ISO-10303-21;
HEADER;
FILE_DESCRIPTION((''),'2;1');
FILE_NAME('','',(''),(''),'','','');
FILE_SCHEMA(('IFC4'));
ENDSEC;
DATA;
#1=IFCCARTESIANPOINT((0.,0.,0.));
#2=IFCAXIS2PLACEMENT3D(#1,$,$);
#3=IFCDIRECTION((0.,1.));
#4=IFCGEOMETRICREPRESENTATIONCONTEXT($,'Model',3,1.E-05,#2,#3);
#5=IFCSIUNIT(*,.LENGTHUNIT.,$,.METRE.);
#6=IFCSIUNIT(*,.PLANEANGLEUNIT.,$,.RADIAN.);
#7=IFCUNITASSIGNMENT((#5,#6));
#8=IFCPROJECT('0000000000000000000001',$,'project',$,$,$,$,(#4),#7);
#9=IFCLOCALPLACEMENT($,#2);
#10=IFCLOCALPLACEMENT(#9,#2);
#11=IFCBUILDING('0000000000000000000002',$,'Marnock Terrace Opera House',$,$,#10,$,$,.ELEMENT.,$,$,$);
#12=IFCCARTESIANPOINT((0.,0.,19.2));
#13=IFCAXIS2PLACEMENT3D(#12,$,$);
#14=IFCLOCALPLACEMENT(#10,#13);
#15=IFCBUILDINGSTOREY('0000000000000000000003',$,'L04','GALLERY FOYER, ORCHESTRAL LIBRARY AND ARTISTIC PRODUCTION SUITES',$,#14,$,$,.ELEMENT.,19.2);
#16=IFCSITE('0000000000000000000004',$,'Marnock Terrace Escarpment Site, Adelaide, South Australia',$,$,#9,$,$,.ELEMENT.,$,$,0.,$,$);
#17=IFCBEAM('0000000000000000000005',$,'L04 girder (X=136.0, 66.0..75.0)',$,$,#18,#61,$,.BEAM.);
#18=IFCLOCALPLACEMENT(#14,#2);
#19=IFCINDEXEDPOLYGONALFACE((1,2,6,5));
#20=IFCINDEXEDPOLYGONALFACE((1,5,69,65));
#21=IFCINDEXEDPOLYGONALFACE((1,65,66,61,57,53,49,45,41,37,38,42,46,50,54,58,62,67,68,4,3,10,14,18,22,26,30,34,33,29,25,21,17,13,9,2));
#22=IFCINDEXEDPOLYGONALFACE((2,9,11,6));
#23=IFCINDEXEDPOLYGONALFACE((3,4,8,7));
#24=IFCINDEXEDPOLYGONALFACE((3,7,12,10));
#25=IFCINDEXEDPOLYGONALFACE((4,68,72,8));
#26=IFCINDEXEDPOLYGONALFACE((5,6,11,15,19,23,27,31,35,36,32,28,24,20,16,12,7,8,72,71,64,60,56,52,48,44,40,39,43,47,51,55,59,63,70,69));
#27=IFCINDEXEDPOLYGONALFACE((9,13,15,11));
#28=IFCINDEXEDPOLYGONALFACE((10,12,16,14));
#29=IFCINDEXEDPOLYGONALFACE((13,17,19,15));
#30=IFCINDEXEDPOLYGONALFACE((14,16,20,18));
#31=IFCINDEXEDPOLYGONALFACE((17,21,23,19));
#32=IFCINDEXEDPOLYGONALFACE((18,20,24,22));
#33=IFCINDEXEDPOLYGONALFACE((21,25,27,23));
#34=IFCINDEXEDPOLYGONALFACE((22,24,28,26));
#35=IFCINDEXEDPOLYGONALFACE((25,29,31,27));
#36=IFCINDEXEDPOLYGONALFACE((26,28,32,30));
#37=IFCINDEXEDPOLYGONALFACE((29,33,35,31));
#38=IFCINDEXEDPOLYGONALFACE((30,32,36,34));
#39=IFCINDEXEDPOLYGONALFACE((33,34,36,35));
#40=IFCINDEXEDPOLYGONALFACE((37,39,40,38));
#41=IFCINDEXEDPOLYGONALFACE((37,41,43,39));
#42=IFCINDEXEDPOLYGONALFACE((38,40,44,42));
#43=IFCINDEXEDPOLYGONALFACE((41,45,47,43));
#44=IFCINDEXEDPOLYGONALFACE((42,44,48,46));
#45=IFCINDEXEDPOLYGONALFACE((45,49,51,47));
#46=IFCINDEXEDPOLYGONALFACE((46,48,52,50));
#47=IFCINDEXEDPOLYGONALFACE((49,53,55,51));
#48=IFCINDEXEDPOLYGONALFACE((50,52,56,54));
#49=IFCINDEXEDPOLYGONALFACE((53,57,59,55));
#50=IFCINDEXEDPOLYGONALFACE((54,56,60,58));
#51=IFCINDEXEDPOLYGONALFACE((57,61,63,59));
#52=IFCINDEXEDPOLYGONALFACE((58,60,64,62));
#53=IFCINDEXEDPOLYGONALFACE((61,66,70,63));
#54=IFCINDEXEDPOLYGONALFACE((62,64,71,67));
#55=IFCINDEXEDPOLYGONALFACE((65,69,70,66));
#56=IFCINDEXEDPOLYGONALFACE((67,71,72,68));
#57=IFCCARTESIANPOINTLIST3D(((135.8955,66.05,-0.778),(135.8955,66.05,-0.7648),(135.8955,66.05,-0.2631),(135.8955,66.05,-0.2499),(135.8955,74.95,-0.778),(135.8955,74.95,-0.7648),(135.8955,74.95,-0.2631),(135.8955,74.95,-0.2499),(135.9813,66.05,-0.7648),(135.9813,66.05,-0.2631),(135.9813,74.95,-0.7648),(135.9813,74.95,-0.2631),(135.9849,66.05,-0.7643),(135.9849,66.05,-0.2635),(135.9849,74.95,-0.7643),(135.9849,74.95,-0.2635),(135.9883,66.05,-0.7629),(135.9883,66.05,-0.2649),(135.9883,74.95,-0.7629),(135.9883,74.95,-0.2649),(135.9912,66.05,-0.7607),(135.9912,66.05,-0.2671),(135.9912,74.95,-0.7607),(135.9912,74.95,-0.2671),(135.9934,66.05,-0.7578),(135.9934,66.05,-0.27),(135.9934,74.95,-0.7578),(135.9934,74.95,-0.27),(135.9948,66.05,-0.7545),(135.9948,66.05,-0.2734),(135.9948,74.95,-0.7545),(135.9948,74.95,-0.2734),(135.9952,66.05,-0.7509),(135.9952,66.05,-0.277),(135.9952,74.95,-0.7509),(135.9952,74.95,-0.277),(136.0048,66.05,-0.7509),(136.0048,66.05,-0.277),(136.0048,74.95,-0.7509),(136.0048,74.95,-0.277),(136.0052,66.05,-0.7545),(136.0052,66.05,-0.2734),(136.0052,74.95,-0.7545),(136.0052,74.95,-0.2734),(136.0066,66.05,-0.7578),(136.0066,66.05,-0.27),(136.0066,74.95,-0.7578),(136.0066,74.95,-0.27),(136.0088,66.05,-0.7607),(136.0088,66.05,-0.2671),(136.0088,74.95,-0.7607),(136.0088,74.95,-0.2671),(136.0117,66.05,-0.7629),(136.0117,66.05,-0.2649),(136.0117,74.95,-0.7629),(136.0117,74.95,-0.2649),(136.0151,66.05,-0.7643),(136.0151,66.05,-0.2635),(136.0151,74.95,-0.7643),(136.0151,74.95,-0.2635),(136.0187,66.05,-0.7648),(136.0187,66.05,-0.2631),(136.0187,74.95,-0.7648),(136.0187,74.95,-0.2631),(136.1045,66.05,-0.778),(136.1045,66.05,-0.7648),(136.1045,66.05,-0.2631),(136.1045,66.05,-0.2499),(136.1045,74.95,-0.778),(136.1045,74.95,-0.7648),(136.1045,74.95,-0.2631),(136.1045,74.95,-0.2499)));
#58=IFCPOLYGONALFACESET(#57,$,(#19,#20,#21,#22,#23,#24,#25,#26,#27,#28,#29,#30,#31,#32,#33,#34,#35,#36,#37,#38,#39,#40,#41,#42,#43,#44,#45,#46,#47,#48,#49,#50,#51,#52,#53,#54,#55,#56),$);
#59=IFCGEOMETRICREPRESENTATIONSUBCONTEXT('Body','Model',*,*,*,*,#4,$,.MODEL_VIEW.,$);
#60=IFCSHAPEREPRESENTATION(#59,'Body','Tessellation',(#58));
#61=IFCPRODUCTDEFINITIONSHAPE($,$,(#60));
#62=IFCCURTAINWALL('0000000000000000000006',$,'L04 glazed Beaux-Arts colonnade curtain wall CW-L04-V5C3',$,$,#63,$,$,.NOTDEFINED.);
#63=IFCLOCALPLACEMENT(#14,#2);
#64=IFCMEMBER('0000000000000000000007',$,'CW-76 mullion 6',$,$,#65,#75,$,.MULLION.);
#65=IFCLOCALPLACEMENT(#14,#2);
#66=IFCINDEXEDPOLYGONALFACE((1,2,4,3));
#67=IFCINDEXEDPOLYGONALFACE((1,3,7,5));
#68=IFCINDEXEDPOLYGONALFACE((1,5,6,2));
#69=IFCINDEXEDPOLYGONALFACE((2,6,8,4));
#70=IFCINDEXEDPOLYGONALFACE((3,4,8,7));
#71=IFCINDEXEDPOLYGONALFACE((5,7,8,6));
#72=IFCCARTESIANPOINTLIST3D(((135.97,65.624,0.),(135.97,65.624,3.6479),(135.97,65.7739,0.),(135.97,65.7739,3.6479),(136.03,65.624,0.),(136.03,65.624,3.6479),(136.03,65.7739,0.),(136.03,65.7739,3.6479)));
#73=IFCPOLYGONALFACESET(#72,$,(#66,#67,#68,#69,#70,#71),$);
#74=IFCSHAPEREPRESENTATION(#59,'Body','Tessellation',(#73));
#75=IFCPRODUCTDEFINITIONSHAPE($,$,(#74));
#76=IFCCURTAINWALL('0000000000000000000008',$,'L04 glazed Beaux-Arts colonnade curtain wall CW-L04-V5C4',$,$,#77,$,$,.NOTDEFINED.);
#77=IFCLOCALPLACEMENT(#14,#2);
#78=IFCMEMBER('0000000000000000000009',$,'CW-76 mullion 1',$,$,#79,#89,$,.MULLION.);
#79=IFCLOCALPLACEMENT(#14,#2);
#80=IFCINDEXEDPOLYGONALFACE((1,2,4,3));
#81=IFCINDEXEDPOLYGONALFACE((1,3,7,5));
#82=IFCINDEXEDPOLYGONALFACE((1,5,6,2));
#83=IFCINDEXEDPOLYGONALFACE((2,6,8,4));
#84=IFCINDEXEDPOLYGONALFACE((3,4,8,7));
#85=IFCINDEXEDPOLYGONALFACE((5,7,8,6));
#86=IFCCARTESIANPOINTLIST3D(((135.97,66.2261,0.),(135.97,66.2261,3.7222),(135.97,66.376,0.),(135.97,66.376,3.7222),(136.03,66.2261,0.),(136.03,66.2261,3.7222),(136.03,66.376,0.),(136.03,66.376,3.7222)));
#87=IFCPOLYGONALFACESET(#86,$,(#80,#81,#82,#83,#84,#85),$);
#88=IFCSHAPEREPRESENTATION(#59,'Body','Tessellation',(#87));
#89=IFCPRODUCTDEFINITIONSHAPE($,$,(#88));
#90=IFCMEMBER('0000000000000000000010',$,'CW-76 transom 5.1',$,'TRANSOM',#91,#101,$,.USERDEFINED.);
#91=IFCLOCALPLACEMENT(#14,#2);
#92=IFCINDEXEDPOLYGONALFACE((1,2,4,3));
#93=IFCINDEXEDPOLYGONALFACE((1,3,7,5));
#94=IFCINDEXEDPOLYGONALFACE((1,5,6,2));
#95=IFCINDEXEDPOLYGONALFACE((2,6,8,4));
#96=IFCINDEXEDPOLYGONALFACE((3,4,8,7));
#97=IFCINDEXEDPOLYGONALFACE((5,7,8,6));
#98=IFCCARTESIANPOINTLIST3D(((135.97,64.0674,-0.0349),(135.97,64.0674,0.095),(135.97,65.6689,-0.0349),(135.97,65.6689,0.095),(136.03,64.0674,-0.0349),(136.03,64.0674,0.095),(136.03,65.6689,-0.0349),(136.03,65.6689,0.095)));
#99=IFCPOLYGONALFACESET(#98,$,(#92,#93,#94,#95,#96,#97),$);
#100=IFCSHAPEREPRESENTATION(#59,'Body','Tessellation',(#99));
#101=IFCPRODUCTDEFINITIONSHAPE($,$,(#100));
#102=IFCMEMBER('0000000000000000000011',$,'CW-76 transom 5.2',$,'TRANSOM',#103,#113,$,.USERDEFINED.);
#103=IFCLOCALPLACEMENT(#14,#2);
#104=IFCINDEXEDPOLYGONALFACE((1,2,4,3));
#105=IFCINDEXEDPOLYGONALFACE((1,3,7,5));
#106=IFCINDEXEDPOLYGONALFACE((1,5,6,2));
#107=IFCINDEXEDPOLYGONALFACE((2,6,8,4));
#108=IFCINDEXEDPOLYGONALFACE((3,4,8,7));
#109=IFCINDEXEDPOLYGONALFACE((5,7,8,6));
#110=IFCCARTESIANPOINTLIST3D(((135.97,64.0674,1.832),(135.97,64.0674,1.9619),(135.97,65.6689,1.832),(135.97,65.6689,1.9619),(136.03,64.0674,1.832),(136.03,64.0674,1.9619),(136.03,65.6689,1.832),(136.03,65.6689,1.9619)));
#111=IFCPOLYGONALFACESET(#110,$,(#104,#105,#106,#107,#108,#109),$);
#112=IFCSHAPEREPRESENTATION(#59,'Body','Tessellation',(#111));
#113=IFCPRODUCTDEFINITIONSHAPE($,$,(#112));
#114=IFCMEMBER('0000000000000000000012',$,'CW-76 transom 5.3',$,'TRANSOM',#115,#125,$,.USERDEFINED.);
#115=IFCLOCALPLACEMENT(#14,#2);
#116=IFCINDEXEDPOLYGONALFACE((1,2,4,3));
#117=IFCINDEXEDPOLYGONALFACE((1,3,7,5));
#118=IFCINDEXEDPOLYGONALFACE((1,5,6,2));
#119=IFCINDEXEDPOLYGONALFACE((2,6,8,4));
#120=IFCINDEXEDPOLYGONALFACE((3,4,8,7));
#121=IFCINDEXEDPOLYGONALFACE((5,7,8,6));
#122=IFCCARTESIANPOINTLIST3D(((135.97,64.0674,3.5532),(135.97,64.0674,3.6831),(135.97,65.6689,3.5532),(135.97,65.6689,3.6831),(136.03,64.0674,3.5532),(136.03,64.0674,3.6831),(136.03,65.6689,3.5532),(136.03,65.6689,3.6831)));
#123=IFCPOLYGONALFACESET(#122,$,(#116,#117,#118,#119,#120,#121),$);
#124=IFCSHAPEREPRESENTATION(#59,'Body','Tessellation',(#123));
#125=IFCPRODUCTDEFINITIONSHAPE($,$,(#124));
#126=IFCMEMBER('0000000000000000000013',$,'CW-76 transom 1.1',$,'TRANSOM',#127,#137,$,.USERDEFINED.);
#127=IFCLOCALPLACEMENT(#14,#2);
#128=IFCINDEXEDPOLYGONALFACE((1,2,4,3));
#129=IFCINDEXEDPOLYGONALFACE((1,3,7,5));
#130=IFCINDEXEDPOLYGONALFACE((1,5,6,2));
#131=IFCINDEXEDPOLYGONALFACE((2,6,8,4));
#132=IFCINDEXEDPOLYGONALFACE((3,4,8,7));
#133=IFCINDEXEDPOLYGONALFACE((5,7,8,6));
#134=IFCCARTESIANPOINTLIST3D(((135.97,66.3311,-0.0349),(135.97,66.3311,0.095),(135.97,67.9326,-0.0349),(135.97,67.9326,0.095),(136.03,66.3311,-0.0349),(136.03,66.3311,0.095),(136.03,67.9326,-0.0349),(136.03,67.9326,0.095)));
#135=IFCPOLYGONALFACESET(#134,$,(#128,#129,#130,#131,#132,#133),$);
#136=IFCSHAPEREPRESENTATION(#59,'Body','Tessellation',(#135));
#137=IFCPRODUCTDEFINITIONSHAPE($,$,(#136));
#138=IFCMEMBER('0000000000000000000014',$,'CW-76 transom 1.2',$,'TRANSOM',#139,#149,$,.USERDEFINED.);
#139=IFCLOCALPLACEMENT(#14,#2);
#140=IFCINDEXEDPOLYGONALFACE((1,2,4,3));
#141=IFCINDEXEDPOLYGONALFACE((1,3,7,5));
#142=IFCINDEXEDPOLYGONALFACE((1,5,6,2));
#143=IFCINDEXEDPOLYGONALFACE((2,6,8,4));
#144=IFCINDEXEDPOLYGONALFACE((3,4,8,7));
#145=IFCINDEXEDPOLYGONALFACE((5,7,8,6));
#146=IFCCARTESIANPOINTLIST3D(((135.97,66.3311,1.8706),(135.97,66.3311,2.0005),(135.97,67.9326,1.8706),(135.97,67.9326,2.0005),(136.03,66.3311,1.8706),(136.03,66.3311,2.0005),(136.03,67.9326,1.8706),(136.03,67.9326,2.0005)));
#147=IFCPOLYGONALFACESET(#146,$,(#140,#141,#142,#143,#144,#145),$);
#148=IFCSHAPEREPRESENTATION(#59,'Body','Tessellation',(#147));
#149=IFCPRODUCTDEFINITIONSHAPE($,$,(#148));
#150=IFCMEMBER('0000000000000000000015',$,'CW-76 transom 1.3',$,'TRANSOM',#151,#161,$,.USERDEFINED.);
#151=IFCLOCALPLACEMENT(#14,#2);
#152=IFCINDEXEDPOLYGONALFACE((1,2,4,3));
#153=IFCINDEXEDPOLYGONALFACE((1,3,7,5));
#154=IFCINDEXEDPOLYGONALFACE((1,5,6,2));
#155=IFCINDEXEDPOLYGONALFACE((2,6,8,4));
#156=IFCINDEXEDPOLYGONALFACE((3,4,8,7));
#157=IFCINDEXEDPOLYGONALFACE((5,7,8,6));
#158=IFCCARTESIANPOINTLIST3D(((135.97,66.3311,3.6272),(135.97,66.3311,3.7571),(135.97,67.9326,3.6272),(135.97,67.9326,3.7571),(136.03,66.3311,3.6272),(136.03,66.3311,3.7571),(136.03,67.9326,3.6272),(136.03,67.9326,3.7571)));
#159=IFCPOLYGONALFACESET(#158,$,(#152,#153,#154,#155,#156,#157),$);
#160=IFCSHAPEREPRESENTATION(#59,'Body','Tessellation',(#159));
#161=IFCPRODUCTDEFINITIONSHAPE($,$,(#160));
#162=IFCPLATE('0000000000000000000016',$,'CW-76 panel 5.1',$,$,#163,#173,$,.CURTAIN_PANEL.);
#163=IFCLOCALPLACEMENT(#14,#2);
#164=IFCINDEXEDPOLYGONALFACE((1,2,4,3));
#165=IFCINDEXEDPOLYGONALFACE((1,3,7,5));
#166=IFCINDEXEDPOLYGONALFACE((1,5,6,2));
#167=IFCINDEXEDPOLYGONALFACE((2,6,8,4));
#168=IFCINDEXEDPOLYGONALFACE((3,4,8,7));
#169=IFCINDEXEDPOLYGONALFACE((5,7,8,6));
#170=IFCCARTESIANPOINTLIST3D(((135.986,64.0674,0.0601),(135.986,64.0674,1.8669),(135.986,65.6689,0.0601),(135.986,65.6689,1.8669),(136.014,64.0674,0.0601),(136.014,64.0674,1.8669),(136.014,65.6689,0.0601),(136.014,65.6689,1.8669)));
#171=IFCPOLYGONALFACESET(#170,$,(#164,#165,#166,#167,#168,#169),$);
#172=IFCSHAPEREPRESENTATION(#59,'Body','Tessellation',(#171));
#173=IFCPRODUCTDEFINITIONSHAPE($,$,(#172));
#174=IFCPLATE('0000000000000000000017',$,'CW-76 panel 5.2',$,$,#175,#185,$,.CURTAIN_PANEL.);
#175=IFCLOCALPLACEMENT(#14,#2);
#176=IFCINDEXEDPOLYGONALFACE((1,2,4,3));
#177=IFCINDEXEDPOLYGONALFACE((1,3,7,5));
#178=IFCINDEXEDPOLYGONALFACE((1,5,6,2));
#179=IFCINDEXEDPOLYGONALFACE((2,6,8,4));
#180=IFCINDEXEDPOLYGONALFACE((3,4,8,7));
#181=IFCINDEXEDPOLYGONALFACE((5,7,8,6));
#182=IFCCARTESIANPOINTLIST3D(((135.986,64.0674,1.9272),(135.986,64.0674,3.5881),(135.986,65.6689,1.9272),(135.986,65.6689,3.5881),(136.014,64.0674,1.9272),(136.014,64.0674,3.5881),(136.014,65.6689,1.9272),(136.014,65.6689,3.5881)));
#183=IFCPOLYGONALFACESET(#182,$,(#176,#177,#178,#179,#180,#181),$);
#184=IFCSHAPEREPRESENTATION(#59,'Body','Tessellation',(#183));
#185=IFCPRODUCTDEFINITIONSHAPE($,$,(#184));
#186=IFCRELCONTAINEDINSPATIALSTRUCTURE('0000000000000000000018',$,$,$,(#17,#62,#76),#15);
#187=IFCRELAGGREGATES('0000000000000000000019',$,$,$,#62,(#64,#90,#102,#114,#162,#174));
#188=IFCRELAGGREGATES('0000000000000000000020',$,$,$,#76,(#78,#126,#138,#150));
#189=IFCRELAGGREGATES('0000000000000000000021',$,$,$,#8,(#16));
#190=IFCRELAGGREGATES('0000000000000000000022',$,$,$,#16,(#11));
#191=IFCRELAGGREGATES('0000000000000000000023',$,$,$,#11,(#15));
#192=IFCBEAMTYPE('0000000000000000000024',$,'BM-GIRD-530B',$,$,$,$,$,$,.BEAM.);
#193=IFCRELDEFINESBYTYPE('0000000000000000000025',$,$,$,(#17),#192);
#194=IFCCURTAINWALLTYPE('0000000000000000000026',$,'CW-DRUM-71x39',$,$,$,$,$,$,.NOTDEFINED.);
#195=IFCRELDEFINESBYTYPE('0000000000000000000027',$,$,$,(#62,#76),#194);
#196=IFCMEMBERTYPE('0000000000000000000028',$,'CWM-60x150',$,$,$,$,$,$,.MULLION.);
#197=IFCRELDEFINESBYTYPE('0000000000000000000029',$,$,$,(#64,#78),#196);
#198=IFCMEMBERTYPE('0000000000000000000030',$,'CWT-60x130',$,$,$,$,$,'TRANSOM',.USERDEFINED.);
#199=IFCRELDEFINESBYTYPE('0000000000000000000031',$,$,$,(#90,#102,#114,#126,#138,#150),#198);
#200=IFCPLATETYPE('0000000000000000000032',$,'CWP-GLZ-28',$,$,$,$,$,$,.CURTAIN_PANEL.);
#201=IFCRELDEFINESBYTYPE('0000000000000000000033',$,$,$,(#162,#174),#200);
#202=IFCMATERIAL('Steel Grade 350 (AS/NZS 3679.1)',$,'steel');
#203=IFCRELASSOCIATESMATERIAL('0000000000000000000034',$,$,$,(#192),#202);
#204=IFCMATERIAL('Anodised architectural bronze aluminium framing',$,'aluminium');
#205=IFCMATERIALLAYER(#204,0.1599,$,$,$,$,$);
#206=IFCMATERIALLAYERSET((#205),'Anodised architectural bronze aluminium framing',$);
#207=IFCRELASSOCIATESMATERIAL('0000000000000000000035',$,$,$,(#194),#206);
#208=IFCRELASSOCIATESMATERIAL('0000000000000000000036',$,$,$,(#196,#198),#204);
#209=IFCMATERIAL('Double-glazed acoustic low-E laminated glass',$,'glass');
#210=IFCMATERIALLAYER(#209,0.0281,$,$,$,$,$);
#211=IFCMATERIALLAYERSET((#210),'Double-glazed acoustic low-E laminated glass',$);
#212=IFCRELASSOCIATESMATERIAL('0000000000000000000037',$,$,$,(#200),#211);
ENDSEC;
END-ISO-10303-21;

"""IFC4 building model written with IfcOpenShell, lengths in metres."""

from ifc_helpers import new_model, si_unit, direction, frame, origin, origin_2d, place, context, subcontext, project, spatial, rectangle, i_section, extrude, material, layer, layer_set, material_profile, profile_set, type_object, element, aggregate, save


model = new_model("IFC4")

# Units and contexts
model_context = context("Model", 3, precision=1e-05, world=origin(), true_north=direction((0.0, 1.0)))
body_context = subcontext(model_context, "Body", "Model", "MODEL_VIEW")
ifc_project = project(units=[si_unit("LENGTHUNIT", "METRE"), si_unit("PLANEANGLEUNIT", "RADIAN")], contexts=[model_context])

# Site, building, storey
site_placement = place(None, origin())
site = spatial("IfcSite", under=ifc_project, at=site_placement, Name="Marnock Terrace Escarpment Site, Adelaide, South Australia", CompositionType="ELEMENT", RefElevation=0.0)
building_placement = place(site_placement, origin())
building = spatial("IfcBuilding", under=site, at=building_placement, Name="Marnock Terrace Opera House", CompositionType="ELEMENT")
storey_placement = place(building_placement, frame((0.0, 0.0, 19.2)))
storey = spatial("IfcBuildingStorey", under=building, at=storey_placement, Name="L04", Description="GALLERY FOYER, ORCHESTRAL LIBRARY AND ARTISTIC PRODUCTION SUITES", CompositionType="ELEMENT", Elevation=19.2)

# Beam
ifc_material_1 = material(Name="Steel Grade 350 (AS/NZS 3679.1)", Category="steel")
ifc_material_profile_1 = material_profile(ifc_material_1, i_section(OverallWidth=0.209, OverallDepth=0.5281, WebThickness=0.0095, FlangeThickness=0.0132, FilletRadius=0.0139, at=origin_2d()))
ifc_profile_set_1 = profile_set([ifc_material_profile_1], Name="Steel Grade 350 (AS/NZS 3679.1)")
beam_type_1 = type_object("IfcBeamType", Name="BM-GIRD-530B", PredefinedType="BEAM", material=ifc_profile_set_1)
beam_1_placement = place(storey_placement, frame((136.0, 66.05, -0.5139), z_axis=(0.0, 1.0, 0.0), x_axis=(-1.0, 0.0, 0.0)))
element("IfcBeam", 1, at=beam_1_placement, inside=storey, type_object=beam_type_1, Name="L04 girder (X=136.0, 66.0..75.0)", PredefinedType="BEAM", context=body_context, shape_type="SweptSolid", body=[
    extrude(i_section(OverallWidth=0.209, OverallDepth=0.5281, WebThickness=0.0095, FlangeThickness=0.0132, FilletRadius=0.0139, at=origin_2d()), origin(), (0.0, 0.0, 1.0), 8.8999),
])

# Curtain walls, members
ifc_material_2 = material(Name="Anodised architectural bronze aluminium framing", Category="aluminium")
ifc_layer_1 = layer(ifc_material_2, 0.1599)
ifc_layer_set_1 = layer_set([ifc_layer_1], Name="Anodised architectural bronze aluminium framing")
curtain_wall_type = type_object("IfcCurtainWallType", Name="CW-DRUM-71x39", PredefinedType="NOTDEFINED", material=ifc_layer_set_1)
curtain_wall_1_placement = place(storey_placement, origin())
curtain_wall_1 = element("IfcCurtainWall", 2, at=curtain_wall_1_placement, inside=storey, type_object=curtain_wall_type, Name="L04 glazed Beaux-Arts colonnade curtain wall CW-L04-V5C3", PredefinedType="NOTDEFINED")
ifc_material_profile_2 = material_profile(ifc_material_2, rectangle(XDim=0.0601, YDim=0.1499, at=origin_2d()))
ifc_profile_set_2 = profile_set([ifc_material_profile_2], Name="Anodised architectural bronze aluminium framing")
member_type_1 = type_object("IfcMemberType", Name="CWM-60x150", PredefinedType="MULLION", material=ifc_profile_set_2)
member_1_placement = place(storey_placement, frame((136.0, 65.699, 0.0), z_axis=(0.0, 0.0, 1.0), x_axis=(-1.0, 0.0, 0.0)))
member_1 = element("IfcMember", 3, at=member_1_placement, type_object=member_type_1, Name="CW-76 mullion 6", PredefinedType="MULLION", context=body_context, shape_type="SweptSolid", body=[
    extrude(rectangle(XDim=0.0601, YDim=0.1499, at=origin_2d()), origin(), (0.0, 0.0, 1.0), 3.6479),
])
curtain_wall_2_placement = place(storey_placement, origin())
curtain_wall_2 = element("IfcCurtainWall", 4, at=curtain_wall_2_placement, inside=storey, type_object=curtain_wall_type, Name="L04 glazed Beaux-Arts colonnade curtain wall CW-L04-V5C4", PredefinedType="NOTDEFINED")
member_2_placement = place(storey_placement, frame((136.0, 66.301, 0.0), z_axis=(0.0, 0.0, 1.0), x_axis=(-1.0, 0.0, 0.0)))
member_2 = element("IfcMember", 5, at=member_2_placement, type_object=member_type_1, Name="CW-76 mullion 1", PredefinedType="MULLION", context=body_context, shape_type="SweptSolid", body=[
    extrude(rectangle(XDim=0.0601, YDim=0.1499, at=origin_2d()), origin(), (0.0, 0.0, 1.0), 3.7222),
])

# Members
ifc_material_profile_3 = material_profile(ifc_material_2, rectangle(XDim=0.0601, YDim=0.1299, at=origin_2d()))
ifc_profile_set_3 = profile_set([ifc_material_profile_3], Name="Anodised architectural bronze aluminium framing")
member_type_2 = type_object("IfcMemberType", Name="CWT-60x130", ElementType="TRANSOM", PredefinedType="USERDEFINED", material=ifc_profile_set_3)
member_3_placement = place(storey_placement, frame((136.0, 64.0674, 0.03), z_axis=(0.0, 1.0, 0.0), x_axis=(-1.0, 0.0, 0.0)))
member_3 = element("IfcMember", 6, at=member_3_placement, type_object=member_type_2, Name="CW-76 transom 5.1", ObjectType="TRANSOM", PredefinedType="USERDEFINED", context=body_context, shape_type="SweptSolid", body=[
    extrude(rectangle(XDim=0.0601, YDim=0.1299, at=origin_2d()), origin(), (0.0, 0.0, 1.0), 1.6016),
])
member_4_placement = place(storey_placement, frame((136.0, 64.0674, 1.897), z_axis=(0.0, 1.0, 0.0), x_axis=(-1.0, 0.0, 0.0)))
member_4 = element("IfcMember", 7, at=member_4_placement, type_object=member_type_2, Name="CW-76 transom 5.2", ObjectType="TRANSOM", PredefinedType="USERDEFINED", context=body_context, shape_type="SweptSolid", body=[
    extrude(rectangle(XDim=0.0601, YDim=0.1299, at=origin_2d()), origin(), (0.0, 0.0, 1.0), 1.6016),
])
member_5_placement = place(storey_placement, frame((136.0, 64.0674, 3.6182), z_axis=(0.0, 1.0, 0.0), x_axis=(-1.0, 0.0, 0.0)))
member_5 = element("IfcMember", 8, at=member_5_placement, type_object=member_type_2, Name="CW-76 transom 5.3", ObjectType="TRANSOM", PredefinedType="USERDEFINED", context=body_context, shape_type="SweptSolid", body=[
    extrude(rectangle(XDim=0.0601, YDim=0.1299, at=origin_2d()), origin(), (0.0, 0.0, 1.0), 1.6016),
])
member_6_placement = place(storey_placement, frame((136.0, 66.3311, 0.03), z_axis=(0.0, 1.0, 0.0), x_axis=(-1.0, 0.0, 0.0)))
member_6 = element("IfcMember", 9, at=member_6_placement, type_object=member_type_2, Name="CW-76 transom 1.1", ObjectType="TRANSOM", PredefinedType="USERDEFINED", context=body_context, shape_type="SweptSolid", body=[
    extrude(rectangle(XDim=0.0601, YDim=0.1299, at=origin_2d()), origin(), (0.0, 0.0, 1.0), 1.6016),
])
member_7_placement = place(storey_placement, frame((136.0, 66.3311, 1.9355), z_axis=(0.0, 1.0, 0.0), x_axis=(-1.0, 0.0, 0.0)))
member_7 = element("IfcMember", 10, at=member_7_placement, type_object=member_type_2, Name="CW-76 transom 1.2", ObjectType="TRANSOM", PredefinedType="USERDEFINED", context=body_context, shape_type="SweptSolid", body=[
    extrude(rectangle(XDim=0.0601, YDim=0.1299, at=origin_2d()), origin(), (0.0, 0.0, 1.0), 1.6016),
])
member_8_placement = place(storey_placement, frame((136.0, 66.3311, 3.6921), z_axis=(0.0, 1.0, 0.0), x_axis=(-1.0, 0.0, 0.0)))
member_8 = element("IfcMember", 11, at=member_8_placement, type_object=member_type_2, Name="CW-76 transom 1.3", ObjectType="TRANSOM", PredefinedType="USERDEFINED", context=body_context, shape_type="SweptSolid", body=[
    extrude(rectangle(XDim=0.0601, YDim=0.1299, at=origin_2d()), origin(), (0.0, 0.0, 1.0), 1.6016),
])

# Plates
ifc_material_3 = material(Name="Double-glazed acoustic low-E laminated glass", Category="glass")
ifc_layer_2 = layer(ifc_material_3, 0.0281)
ifc_layer_set_2 = layer_set([ifc_layer_2], Name="Double-glazed acoustic low-E laminated glass")
plate_type = type_object("IfcPlateType", Name="CWP-GLZ-28", PredefinedType="CURTAIN_PANEL", material=ifc_layer_set_2)
plate_1_placement = place(storey_placement, frame((136.0, 64.8682, 0.0601), z_axis=(0.0, 0.0, 1.0), x_axis=(0.0, 1.0, 0.0)))
plate_1 = element("IfcPlate", 12, at=plate_1_placement, type_object=plate_type, Name="CW-76 panel 5.1", PredefinedType="CURTAIN_PANEL", context=body_context, shape_type="SweptSolid", body=[
    extrude(rectangle(XDim=1.6016, YDim=0.0281, at=origin_2d()), origin(), (0.0, 0.0, 1.0), 1.8069),
])
plate_2_placement = place(storey_placement, frame((136.0, 64.8682, 1.9272), z_axis=(0.0, 0.0, 1.0), x_axis=(0.0, 1.0, 0.0)))
plate_2 = element("IfcPlate", 13, at=plate_2_placement, type_object=plate_type, Name="CW-76 panel 5.2", PredefinedType="CURTAIN_PANEL", context=body_context, shape_type="SweptSolid", body=[
    extrude(rectangle(XDim=1.6016, YDim=0.0281, at=origin_2d()), origin(), (0.0, 0.0, 1.0), 1.6609),
])
aggregate(curtain_wall_1, [member_1, member_3, member_4, member_5, plate_1, plate_2])
aggregate(curtain_wall_2, [member_2, member_6, member_7, member_8])

save(model, "model.ifc")
